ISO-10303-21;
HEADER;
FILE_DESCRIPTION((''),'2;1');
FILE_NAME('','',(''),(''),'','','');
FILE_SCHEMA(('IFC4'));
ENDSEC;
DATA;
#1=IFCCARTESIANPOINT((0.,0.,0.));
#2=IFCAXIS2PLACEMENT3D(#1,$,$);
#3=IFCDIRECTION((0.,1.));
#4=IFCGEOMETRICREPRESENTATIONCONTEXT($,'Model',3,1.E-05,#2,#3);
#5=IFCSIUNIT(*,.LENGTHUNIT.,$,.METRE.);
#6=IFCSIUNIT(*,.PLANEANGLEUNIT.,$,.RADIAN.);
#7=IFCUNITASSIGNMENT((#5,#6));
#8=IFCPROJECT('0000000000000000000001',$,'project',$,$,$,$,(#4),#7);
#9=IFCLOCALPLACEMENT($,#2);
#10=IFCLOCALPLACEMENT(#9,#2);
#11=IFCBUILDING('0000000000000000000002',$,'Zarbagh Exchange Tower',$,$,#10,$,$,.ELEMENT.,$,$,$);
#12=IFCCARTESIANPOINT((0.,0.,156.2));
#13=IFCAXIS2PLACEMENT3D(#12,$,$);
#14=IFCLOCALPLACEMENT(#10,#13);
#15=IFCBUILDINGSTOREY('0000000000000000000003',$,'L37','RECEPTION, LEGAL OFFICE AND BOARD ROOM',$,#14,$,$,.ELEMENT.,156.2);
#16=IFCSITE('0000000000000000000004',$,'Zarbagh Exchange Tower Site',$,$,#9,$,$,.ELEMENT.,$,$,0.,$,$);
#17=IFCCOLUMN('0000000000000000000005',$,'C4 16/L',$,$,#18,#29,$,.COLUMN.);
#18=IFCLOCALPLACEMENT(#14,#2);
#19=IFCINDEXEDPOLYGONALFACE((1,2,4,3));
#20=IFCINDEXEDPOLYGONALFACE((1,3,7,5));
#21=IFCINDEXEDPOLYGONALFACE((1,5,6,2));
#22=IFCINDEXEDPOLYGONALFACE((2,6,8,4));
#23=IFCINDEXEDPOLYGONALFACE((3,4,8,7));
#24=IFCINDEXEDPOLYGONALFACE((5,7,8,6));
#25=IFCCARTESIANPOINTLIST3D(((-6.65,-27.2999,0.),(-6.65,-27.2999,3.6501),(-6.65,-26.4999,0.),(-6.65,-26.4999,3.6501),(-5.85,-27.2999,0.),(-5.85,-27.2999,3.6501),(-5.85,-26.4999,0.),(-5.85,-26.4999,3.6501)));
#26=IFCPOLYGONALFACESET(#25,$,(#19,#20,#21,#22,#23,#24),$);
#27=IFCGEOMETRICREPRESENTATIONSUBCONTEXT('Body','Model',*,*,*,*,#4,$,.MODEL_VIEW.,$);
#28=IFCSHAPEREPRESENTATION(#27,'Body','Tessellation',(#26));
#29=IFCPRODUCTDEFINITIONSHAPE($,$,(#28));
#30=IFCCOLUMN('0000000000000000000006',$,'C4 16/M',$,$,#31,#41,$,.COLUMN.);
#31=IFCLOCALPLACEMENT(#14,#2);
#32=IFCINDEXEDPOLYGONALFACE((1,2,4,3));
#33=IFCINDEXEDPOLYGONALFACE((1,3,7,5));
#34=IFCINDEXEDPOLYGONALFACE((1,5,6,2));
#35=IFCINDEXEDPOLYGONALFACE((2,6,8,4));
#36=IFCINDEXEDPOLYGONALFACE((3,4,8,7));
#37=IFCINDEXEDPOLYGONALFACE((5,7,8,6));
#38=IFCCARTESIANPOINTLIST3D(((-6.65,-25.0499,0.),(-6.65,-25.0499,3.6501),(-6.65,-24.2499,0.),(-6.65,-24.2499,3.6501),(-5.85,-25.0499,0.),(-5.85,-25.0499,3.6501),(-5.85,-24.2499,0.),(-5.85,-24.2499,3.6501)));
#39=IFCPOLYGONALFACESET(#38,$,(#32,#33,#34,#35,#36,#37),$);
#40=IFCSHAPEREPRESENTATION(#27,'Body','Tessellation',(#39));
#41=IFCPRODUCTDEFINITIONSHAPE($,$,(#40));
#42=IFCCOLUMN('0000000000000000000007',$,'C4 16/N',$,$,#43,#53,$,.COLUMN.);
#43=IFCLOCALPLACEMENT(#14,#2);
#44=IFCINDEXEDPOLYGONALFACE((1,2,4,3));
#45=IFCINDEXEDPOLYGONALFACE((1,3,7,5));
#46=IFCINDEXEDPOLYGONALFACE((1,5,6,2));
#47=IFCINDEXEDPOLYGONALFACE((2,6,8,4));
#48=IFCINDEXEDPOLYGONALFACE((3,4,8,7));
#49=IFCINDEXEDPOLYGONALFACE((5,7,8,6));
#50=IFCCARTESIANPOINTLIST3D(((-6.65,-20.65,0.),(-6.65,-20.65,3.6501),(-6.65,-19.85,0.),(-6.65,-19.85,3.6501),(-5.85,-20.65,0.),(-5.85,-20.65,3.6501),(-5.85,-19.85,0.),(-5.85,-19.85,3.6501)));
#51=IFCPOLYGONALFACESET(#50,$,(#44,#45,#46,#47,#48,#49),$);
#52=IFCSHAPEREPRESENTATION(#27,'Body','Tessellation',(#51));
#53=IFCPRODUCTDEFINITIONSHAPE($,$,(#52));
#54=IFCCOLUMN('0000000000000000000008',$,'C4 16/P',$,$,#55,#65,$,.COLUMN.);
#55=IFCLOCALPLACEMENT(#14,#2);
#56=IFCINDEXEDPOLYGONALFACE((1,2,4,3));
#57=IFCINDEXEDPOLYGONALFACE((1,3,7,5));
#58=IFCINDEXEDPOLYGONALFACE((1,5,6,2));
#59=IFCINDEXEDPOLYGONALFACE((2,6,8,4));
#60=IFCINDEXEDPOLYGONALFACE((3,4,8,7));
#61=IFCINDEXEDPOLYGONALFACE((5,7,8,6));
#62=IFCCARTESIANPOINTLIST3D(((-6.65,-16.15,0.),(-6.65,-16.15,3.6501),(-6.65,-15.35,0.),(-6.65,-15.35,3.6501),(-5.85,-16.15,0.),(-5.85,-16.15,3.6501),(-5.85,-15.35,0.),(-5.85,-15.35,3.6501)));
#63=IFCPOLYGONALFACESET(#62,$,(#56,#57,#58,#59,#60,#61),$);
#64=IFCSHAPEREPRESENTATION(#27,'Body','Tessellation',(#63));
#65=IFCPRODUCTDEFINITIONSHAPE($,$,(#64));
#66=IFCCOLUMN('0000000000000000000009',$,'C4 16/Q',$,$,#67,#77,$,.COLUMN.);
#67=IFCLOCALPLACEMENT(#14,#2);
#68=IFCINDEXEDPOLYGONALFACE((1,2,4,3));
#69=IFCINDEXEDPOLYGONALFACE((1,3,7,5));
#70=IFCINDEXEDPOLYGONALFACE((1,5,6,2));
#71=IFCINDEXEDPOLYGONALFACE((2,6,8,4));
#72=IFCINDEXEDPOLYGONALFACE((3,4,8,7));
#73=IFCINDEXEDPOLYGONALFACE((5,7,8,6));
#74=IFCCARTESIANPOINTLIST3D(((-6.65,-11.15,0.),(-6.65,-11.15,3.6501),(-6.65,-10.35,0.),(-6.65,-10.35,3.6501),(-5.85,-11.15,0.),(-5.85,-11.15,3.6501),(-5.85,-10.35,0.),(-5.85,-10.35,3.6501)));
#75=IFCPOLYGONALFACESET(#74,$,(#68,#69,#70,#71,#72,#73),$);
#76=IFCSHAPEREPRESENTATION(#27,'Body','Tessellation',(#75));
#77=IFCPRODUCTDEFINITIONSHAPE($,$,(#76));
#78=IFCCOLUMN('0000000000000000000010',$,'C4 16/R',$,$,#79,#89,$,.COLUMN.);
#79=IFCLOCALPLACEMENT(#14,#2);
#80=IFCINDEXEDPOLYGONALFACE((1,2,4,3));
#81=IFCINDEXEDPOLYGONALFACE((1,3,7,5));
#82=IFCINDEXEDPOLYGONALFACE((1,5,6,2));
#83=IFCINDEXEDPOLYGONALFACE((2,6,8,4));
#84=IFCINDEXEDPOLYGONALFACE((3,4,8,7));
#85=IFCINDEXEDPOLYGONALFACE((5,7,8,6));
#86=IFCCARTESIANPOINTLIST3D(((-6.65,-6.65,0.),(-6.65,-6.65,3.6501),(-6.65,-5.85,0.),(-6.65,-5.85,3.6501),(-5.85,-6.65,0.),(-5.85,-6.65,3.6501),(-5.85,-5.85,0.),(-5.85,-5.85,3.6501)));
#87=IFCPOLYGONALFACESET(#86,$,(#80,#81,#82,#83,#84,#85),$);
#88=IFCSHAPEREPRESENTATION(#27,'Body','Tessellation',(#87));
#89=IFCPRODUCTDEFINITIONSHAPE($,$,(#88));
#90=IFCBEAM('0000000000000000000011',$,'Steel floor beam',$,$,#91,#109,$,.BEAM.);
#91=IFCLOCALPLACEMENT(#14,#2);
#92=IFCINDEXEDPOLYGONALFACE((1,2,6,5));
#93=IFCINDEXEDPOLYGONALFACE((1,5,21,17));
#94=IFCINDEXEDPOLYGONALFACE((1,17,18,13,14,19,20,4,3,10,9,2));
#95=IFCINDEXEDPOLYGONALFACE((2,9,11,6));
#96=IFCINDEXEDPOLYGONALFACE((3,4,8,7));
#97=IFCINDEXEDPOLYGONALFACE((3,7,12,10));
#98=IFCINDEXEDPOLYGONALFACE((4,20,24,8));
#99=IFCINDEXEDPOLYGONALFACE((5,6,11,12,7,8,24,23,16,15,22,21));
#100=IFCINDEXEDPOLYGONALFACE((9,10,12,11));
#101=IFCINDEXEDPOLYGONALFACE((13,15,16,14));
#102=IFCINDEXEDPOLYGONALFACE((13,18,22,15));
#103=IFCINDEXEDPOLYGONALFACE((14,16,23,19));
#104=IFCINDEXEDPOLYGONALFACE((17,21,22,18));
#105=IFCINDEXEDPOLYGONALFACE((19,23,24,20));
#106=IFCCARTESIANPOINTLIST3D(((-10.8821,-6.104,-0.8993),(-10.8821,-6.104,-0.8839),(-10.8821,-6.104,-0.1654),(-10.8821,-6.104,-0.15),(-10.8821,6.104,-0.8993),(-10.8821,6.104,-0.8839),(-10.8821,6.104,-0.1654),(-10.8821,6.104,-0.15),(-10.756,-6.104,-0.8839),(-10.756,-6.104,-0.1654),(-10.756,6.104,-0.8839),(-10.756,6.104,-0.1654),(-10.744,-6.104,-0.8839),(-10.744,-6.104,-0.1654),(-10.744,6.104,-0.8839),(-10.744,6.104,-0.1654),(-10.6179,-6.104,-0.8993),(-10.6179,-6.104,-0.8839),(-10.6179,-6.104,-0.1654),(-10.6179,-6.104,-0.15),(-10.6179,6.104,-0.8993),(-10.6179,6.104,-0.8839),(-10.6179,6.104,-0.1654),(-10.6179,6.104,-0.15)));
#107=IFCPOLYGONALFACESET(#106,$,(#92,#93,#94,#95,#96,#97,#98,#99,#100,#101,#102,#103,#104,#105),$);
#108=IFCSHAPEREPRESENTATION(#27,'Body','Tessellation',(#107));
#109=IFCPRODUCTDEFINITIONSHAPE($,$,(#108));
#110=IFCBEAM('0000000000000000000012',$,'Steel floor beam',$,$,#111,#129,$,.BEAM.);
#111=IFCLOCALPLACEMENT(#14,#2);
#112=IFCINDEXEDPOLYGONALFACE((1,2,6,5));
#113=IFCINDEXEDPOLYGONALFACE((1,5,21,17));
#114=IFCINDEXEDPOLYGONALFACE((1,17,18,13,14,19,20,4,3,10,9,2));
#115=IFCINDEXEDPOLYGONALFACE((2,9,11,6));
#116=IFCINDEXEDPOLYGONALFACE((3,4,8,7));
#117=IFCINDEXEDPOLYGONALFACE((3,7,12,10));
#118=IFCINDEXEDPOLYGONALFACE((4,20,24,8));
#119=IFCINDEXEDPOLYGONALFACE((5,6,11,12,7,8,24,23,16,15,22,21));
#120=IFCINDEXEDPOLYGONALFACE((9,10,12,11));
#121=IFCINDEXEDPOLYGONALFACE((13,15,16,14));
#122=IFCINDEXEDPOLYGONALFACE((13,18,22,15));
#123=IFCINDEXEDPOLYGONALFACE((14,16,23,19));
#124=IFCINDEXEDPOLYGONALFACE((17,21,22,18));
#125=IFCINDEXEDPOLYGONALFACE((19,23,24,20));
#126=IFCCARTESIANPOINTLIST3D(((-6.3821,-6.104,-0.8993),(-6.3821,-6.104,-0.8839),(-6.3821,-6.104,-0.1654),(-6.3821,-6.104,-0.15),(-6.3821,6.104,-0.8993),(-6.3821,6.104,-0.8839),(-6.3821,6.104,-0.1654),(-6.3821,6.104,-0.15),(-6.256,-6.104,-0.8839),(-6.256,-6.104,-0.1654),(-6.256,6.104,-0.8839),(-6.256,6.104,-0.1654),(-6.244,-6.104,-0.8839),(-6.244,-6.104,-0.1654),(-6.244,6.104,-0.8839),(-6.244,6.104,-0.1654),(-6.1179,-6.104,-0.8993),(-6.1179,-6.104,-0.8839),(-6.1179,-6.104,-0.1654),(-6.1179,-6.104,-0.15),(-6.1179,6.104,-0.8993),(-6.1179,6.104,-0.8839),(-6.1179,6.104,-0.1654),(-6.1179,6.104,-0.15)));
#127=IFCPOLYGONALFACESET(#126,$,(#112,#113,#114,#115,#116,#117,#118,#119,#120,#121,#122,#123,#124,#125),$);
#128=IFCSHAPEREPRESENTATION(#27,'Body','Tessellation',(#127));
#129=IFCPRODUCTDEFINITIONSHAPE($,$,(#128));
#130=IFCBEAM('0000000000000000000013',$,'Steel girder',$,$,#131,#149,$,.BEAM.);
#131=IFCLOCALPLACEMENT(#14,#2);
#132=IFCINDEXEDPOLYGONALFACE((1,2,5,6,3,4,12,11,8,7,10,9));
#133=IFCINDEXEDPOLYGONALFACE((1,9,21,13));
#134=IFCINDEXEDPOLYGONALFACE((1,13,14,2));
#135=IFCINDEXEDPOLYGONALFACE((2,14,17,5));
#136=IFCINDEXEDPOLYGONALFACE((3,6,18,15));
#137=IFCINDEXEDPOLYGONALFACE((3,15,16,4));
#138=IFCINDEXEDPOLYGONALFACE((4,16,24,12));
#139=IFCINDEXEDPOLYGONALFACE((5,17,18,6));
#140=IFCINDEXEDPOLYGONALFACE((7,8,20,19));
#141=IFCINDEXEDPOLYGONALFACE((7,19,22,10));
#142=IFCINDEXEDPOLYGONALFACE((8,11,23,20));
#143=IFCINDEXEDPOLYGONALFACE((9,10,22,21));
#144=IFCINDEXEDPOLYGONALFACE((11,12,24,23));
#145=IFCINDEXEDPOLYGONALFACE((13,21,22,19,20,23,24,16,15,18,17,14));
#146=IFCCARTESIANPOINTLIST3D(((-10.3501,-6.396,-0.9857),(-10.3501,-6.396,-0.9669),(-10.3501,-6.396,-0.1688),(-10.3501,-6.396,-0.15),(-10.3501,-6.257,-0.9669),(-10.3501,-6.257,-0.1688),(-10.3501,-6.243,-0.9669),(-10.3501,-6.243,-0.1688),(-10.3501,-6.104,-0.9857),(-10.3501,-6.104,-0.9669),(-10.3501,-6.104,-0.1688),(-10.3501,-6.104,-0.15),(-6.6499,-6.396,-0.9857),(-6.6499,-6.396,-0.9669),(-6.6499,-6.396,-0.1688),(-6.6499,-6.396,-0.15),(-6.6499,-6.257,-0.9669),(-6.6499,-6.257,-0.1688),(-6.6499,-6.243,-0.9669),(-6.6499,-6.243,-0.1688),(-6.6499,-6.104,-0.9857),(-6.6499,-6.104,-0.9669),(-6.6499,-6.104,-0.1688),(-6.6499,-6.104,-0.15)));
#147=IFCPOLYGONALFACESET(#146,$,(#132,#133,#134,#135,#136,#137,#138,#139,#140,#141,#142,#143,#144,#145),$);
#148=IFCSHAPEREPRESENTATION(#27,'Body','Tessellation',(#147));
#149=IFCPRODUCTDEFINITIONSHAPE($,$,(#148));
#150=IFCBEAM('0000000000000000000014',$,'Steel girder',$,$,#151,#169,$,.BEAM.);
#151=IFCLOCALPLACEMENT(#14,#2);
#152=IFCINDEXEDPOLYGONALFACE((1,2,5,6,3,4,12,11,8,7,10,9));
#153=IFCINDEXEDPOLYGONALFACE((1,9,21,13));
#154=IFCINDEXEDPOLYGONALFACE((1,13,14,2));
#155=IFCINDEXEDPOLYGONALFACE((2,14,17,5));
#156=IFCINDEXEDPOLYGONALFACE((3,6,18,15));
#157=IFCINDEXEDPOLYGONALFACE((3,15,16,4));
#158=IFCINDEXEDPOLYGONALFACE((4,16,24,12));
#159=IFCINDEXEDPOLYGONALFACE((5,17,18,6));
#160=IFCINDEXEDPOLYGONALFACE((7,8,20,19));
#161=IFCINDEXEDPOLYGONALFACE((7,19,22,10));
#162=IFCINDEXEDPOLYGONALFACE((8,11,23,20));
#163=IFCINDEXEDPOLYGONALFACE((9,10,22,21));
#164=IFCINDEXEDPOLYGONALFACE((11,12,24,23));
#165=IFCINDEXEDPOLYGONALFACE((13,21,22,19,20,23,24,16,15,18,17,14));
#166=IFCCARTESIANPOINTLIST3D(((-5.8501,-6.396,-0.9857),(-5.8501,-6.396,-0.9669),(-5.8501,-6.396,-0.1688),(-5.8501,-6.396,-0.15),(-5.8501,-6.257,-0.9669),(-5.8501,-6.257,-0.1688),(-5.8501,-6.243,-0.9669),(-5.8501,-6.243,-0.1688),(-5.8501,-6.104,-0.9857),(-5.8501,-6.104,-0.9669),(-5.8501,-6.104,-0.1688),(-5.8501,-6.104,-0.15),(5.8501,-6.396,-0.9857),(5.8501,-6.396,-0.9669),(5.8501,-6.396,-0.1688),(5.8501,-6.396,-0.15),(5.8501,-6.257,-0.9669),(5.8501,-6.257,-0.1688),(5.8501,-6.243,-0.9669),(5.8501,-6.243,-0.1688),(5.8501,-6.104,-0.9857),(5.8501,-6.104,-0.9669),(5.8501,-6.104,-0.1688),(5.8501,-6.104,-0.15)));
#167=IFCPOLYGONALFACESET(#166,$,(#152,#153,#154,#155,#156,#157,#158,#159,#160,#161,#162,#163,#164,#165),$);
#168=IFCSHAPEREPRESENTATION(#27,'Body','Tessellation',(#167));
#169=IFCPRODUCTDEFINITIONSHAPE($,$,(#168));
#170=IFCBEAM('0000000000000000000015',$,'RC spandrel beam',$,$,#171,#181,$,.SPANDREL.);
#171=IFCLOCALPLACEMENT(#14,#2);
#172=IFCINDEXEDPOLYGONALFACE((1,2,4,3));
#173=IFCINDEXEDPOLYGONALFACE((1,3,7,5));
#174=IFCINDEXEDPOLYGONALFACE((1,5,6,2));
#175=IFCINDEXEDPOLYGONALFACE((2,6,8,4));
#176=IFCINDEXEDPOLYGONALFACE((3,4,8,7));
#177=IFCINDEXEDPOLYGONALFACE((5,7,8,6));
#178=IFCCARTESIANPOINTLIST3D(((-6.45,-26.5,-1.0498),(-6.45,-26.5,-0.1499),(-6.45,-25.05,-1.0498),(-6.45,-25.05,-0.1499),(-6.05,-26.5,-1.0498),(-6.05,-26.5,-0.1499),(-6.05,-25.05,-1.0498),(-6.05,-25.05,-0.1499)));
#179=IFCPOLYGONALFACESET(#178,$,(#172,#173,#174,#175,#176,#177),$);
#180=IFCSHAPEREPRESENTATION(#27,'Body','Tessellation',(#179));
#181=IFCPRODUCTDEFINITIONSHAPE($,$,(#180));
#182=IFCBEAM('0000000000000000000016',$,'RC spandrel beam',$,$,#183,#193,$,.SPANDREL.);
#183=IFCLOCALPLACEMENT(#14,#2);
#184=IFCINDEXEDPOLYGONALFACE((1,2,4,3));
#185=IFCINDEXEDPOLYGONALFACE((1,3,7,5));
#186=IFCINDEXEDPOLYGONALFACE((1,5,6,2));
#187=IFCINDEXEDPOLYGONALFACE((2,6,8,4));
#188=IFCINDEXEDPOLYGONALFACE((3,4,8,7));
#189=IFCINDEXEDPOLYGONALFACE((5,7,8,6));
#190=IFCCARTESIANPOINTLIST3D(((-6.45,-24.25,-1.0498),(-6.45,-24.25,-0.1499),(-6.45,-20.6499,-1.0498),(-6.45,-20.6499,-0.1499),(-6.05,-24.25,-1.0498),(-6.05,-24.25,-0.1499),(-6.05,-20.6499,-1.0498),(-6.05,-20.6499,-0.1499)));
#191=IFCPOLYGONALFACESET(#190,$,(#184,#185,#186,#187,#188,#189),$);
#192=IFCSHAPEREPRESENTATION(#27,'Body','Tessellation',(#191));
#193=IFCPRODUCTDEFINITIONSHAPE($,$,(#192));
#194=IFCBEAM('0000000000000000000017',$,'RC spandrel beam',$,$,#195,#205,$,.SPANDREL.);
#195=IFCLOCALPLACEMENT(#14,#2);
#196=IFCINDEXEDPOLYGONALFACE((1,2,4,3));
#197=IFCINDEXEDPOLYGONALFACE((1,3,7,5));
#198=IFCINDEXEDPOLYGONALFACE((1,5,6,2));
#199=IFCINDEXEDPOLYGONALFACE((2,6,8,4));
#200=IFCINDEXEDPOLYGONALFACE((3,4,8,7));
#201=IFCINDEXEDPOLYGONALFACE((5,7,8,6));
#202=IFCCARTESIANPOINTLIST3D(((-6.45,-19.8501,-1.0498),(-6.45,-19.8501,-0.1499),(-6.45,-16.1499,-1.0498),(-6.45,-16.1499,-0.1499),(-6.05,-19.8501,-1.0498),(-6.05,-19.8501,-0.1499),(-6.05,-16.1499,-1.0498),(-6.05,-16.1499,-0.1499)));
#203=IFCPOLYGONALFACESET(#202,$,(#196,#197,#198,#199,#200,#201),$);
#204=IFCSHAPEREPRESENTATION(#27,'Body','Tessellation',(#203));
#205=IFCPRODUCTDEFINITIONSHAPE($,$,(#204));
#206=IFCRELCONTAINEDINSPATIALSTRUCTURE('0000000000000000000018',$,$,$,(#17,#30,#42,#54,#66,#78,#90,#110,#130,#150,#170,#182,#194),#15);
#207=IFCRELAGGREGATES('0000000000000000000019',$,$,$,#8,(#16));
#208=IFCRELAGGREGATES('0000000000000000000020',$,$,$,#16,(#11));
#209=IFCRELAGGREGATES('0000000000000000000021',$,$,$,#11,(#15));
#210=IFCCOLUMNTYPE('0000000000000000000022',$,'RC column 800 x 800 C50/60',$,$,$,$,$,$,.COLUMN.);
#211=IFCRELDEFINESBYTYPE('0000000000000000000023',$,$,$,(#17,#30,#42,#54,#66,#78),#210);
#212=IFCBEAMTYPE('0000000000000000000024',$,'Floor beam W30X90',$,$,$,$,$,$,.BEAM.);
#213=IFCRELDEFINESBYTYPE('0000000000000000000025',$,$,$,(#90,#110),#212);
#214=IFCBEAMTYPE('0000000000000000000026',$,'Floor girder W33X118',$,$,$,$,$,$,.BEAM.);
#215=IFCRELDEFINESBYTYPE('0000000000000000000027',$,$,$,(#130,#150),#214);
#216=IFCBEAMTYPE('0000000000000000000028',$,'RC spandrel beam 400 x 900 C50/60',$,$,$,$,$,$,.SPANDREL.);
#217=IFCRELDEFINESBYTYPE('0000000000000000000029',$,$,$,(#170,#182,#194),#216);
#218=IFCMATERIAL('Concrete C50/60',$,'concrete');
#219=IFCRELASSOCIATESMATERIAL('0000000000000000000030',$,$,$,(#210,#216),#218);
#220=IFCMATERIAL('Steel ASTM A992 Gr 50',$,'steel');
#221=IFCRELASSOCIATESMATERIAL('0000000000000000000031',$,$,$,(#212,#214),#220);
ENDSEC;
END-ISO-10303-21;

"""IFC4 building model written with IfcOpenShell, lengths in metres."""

from ifc_helpers import new_model, si_unit, direction, frame, origin, origin_2d, place, context, subcontext, project, spatial, rectangle, i_section, extrude, material, material_profile, profile_set, type_object, element, save


model = new_model("IFC4")

# Units and contexts
model_context = context("Model", 3, precision=1e-05, world=origin(), true_north=direction((0.0, 1.0)))
body_context = subcontext(model_context, "Body", "Model", "MODEL_VIEW")
ifc_project = project(units=[si_unit("LENGTHUNIT", "METRE"), si_unit("PLANEANGLEUNIT", "RADIAN")], contexts=[model_context])

# Site, building, storey
site_placement = place(None, origin())
site = spatial("IfcSite", under=ifc_project, at=site_placement, Name="Zarbagh Exchange Tower Site", CompositionType="ELEMENT", RefElevation=0.0)
building_placement = place(site_placement, origin())
building = spatial("IfcBuilding", under=site, at=building_placement, Name="Zarbagh Exchange Tower", CompositionType="ELEMENT")
storey_placement = place(building_placement, frame((0.0, 0.0, 156.2)))
storey = spatial("IfcBuildingStorey", under=building, at=storey_placement, Name="L37", Description="RECEPTION, LEGAL OFFICE AND BOARD ROOM", CompositionType="ELEMENT", Elevation=156.2)

# Columns
ifc_material_1 = material(Name="Concrete C50/60", Category="concrete")
ifc_material_profile_1 = material_profile(ifc_material_1, rectangle(XDim=0.8, YDim=0.8, at=origin_2d()), Name="RC column 800 x 800 C50/60")
ifc_profile_set_1 = profile_set([ifc_material_profile_1], Name="Concrete C50/60")
column_type = type_object("IfcColumnType", Name="RC column 800 x 800 C50/60", PredefinedType="COLUMN", material=ifc_profile_set_1)
for number, where, z_axis, x_axis, name in (
    (1, (-6.25, -26.8999, 0.0), (0.0, 0.0, 1.0), (1.0, 0.0, 0.0), "C4 16/L"),
    (2, (-6.25, -24.6499, 0.0), (0.0, 0.0, 1.0), (1.0, 0.0, 0.0), "C4 16/M"),
    (3, (-6.25, -20.25, 0.0), (0.0, 0.0, 1.0), (1.0, 0.0, 0.0), "C4 16/N"),
    (4, (-6.25, -15.75, 0.0), (0.0, 0.0, 1.0), (1.0, 0.0, 0.0), "C4 16/P"),
    (5, (-6.25, -10.75, 0.0), (0.0, 0.0, 1.0), (1.0, 0.0, 0.0), "C4 16/Q"),
    (6, (-6.25, -6.25, 0.0), (0.0, 0.0, 1.0), (1.0, 0.0, 0.0), "C4 16/R"),
):
    element("IfcColumn", number, at=place(storey_placement, frame(where, z_axis=z_axis, x_axis=x_axis)), inside=storey, type_object=column_type, Name=name, PredefinedType="COLUMN", context=body_context, shape_type="SweptSolid", body=[
        extrude(rectangle(XDim=0.8, YDim=0.8, at=origin_2d()), origin(), (0.0, 0.0, 1.0), 3.6501),
    ])

# Beams
ifc_material_2 = material(Name="Steel ASTM A992 Gr 50", Category="steel")
ifc_material_profile_2 = material_profile(ifc_material_2, i_section(OverallWidth=0.2642, OverallDepth=0.7493, WebThickness=0.012, FlangeThickness=0.0154, at=origin_2d()), Name="W30X90")
ifc_profile_set_2 = profile_set([ifc_material_profile_2], Name="Steel ASTM A992 Gr 50")
beam_type_1 = type_object("IfcBeamType", Name="Floor beam W30X90", PredefinedType="BEAM", material=ifc_profile_set_2)
for number, where, z_axis, x_axis, name in (
    (7, (-10.75, -6.104, -0.5247), (0.0, 1.0, 0.0), (-1.0, 0.0, 0.0), "Steel floor beam"),
    (8, (-6.25, -6.104, -0.5247), (0.0, 1.0, 0.0), (-1.0, 0.0, 0.0), "Steel floor beam"),
):
    element("IfcBeam", number, at=place(storey_placement, frame(where, z_axis=z_axis, x_axis=x_axis)), inside=storey, type_object=beam_type_1, Name=name, PredefinedType="BEAM", context=body_context, shape_type="SweptSolid", body=[
        extrude(i_section(OverallWidth=0.2642, OverallDepth=0.7493, WebThickness=0.012, FlangeThickness=0.0154, at=origin_2d()), origin(), (0.0, 0.0, 1.0), 12.208),
    ])
ifc_material_profile_3 = material_profile(ifc_material_2, i_section(OverallWidth=0.292, OverallDepth=0.8357, WebThickness=0.0139, FlangeThickness=0.0188, at=origin_2d()), Name="W33X118")
ifc_profile_set_3 = profile_set([ifc_material_profile_3], Name="Steel ASTM A992 Gr 50")
beam_type_2 = type_object("IfcBeamType", Name="Floor girder W33X118", PredefinedType="BEAM", material=ifc_profile_set_3)
beam_1_placement = place(storey_placement, frame((-10.3501, -6.25, -0.5679), z_axis=(1.0, 0.0, 0.0), x_axis=(0.0, 1.0, 0.0)))
element("IfcBeam", 9, at=beam_1_placement, inside=storey, type_object=beam_type_2, Name="Steel girder", PredefinedType="BEAM", context=body_context, shape_type="SweptSolid", body=[
    extrude(i_section(OverallWidth=0.292, OverallDepth=0.8357, WebThickness=0.0139, FlangeThickness=0.0188, at=origin_2d()), origin(), (0.0, 0.0, 1.0), 3.7002),
])
beam_2_placement = place(storey_placement, frame((-5.8501, -6.25, -0.5679), z_axis=(1.0, 0.0, 0.0), x_axis=(0.0, 1.0, 0.0)))
element("IfcBeam", 10, at=beam_2_placement, inside=storey, type_object=beam_type_2, Name="Steel girder", PredefinedType="BEAM", context=body_context, shape_type="SweptSolid", body=[
    extrude(i_section(OverallWidth=0.292, OverallDepth=0.8357, WebThickness=0.0139, FlangeThickness=0.0188, at=origin_2d()), origin(), (0.0, 0.0, 1.0), 11.7002),
])
ifc_material_profile_4 = material_profile(ifc_material_1, rectangle(XDim=0.3999, YDim=0.8999, at=origin_2d()), Name="RC spandrel beam 400 x 900 C50/60")
ifc_profile_set_4 = profile_set([ifc_material_profile_4], Name="Concrete C50/60")
beam_type_3 = type_object("IfcBeamType", Name="RC spandrel beam 400 x 900 C50/60", PredefinedType="SPANDREL", material=ifc_profile_set_4)
beam_3_placement = place(storey_placement, frame((-6.25, -26.5, -0.5999), z_axis=(0.0, 1.0, 0.0), x_axis=(-1.0, 0.0, 0.0)))
element("IfcBeam", 11, at=beam_3_placement, inside=storey, type_object=beam_type_3, Name="RC spandrel beam", PredefinedType="SPANDREL", context=body_context, shape_type="SweptSolid", body=[
    extrude(rectangle(XDim=0.3999, YDim=0.8999, at=origin_2d()), origin(), (0.0, 0.0, 1.0), 1.45),
])
beam_4_placement = place(storey_placement, frame((-6.25, -24.25, -0.5999), z_axis=(0.0, 1.0, 0.0), x_axis=(-1.0, 0.0, 0.0)))
element("IfcBeam", 12, at=beam_4_placement, inside=storey, type_object=beam_type_3, Name="RC spandrel beam", PredefinedType="SPANDREL", context=body_context, shape_type="SweptSolid", body=[
    extrude(rectangle(XDim=0.3999, YDim=0.8999, at=origin_2d()), origin(), (0.0, 0.0, 1.0), 3.6001),
])
beam_5_placement = place(storey_placement, frame((-6.25, -19.8501, -0.5999), z_axis=(0.0, 1.0, 0.0), x_axis=(-1.0, 0.0, 0.0)))
element("IfcBeam", 13, at=beam_5_placement, inside=storey, type_object=beam_type_3, Name="RC spandrel beam", PredefinedType="SPANDREL", context=body_context, shape_type="SweptSolid", body=[
    extrude(rectangle(XDim=0.3999, YDim=0.8999, at=origin_2d()), origin(), (0.0, 0.0, 1.0), 3.7002),
])

save(model, "model.ifc")
